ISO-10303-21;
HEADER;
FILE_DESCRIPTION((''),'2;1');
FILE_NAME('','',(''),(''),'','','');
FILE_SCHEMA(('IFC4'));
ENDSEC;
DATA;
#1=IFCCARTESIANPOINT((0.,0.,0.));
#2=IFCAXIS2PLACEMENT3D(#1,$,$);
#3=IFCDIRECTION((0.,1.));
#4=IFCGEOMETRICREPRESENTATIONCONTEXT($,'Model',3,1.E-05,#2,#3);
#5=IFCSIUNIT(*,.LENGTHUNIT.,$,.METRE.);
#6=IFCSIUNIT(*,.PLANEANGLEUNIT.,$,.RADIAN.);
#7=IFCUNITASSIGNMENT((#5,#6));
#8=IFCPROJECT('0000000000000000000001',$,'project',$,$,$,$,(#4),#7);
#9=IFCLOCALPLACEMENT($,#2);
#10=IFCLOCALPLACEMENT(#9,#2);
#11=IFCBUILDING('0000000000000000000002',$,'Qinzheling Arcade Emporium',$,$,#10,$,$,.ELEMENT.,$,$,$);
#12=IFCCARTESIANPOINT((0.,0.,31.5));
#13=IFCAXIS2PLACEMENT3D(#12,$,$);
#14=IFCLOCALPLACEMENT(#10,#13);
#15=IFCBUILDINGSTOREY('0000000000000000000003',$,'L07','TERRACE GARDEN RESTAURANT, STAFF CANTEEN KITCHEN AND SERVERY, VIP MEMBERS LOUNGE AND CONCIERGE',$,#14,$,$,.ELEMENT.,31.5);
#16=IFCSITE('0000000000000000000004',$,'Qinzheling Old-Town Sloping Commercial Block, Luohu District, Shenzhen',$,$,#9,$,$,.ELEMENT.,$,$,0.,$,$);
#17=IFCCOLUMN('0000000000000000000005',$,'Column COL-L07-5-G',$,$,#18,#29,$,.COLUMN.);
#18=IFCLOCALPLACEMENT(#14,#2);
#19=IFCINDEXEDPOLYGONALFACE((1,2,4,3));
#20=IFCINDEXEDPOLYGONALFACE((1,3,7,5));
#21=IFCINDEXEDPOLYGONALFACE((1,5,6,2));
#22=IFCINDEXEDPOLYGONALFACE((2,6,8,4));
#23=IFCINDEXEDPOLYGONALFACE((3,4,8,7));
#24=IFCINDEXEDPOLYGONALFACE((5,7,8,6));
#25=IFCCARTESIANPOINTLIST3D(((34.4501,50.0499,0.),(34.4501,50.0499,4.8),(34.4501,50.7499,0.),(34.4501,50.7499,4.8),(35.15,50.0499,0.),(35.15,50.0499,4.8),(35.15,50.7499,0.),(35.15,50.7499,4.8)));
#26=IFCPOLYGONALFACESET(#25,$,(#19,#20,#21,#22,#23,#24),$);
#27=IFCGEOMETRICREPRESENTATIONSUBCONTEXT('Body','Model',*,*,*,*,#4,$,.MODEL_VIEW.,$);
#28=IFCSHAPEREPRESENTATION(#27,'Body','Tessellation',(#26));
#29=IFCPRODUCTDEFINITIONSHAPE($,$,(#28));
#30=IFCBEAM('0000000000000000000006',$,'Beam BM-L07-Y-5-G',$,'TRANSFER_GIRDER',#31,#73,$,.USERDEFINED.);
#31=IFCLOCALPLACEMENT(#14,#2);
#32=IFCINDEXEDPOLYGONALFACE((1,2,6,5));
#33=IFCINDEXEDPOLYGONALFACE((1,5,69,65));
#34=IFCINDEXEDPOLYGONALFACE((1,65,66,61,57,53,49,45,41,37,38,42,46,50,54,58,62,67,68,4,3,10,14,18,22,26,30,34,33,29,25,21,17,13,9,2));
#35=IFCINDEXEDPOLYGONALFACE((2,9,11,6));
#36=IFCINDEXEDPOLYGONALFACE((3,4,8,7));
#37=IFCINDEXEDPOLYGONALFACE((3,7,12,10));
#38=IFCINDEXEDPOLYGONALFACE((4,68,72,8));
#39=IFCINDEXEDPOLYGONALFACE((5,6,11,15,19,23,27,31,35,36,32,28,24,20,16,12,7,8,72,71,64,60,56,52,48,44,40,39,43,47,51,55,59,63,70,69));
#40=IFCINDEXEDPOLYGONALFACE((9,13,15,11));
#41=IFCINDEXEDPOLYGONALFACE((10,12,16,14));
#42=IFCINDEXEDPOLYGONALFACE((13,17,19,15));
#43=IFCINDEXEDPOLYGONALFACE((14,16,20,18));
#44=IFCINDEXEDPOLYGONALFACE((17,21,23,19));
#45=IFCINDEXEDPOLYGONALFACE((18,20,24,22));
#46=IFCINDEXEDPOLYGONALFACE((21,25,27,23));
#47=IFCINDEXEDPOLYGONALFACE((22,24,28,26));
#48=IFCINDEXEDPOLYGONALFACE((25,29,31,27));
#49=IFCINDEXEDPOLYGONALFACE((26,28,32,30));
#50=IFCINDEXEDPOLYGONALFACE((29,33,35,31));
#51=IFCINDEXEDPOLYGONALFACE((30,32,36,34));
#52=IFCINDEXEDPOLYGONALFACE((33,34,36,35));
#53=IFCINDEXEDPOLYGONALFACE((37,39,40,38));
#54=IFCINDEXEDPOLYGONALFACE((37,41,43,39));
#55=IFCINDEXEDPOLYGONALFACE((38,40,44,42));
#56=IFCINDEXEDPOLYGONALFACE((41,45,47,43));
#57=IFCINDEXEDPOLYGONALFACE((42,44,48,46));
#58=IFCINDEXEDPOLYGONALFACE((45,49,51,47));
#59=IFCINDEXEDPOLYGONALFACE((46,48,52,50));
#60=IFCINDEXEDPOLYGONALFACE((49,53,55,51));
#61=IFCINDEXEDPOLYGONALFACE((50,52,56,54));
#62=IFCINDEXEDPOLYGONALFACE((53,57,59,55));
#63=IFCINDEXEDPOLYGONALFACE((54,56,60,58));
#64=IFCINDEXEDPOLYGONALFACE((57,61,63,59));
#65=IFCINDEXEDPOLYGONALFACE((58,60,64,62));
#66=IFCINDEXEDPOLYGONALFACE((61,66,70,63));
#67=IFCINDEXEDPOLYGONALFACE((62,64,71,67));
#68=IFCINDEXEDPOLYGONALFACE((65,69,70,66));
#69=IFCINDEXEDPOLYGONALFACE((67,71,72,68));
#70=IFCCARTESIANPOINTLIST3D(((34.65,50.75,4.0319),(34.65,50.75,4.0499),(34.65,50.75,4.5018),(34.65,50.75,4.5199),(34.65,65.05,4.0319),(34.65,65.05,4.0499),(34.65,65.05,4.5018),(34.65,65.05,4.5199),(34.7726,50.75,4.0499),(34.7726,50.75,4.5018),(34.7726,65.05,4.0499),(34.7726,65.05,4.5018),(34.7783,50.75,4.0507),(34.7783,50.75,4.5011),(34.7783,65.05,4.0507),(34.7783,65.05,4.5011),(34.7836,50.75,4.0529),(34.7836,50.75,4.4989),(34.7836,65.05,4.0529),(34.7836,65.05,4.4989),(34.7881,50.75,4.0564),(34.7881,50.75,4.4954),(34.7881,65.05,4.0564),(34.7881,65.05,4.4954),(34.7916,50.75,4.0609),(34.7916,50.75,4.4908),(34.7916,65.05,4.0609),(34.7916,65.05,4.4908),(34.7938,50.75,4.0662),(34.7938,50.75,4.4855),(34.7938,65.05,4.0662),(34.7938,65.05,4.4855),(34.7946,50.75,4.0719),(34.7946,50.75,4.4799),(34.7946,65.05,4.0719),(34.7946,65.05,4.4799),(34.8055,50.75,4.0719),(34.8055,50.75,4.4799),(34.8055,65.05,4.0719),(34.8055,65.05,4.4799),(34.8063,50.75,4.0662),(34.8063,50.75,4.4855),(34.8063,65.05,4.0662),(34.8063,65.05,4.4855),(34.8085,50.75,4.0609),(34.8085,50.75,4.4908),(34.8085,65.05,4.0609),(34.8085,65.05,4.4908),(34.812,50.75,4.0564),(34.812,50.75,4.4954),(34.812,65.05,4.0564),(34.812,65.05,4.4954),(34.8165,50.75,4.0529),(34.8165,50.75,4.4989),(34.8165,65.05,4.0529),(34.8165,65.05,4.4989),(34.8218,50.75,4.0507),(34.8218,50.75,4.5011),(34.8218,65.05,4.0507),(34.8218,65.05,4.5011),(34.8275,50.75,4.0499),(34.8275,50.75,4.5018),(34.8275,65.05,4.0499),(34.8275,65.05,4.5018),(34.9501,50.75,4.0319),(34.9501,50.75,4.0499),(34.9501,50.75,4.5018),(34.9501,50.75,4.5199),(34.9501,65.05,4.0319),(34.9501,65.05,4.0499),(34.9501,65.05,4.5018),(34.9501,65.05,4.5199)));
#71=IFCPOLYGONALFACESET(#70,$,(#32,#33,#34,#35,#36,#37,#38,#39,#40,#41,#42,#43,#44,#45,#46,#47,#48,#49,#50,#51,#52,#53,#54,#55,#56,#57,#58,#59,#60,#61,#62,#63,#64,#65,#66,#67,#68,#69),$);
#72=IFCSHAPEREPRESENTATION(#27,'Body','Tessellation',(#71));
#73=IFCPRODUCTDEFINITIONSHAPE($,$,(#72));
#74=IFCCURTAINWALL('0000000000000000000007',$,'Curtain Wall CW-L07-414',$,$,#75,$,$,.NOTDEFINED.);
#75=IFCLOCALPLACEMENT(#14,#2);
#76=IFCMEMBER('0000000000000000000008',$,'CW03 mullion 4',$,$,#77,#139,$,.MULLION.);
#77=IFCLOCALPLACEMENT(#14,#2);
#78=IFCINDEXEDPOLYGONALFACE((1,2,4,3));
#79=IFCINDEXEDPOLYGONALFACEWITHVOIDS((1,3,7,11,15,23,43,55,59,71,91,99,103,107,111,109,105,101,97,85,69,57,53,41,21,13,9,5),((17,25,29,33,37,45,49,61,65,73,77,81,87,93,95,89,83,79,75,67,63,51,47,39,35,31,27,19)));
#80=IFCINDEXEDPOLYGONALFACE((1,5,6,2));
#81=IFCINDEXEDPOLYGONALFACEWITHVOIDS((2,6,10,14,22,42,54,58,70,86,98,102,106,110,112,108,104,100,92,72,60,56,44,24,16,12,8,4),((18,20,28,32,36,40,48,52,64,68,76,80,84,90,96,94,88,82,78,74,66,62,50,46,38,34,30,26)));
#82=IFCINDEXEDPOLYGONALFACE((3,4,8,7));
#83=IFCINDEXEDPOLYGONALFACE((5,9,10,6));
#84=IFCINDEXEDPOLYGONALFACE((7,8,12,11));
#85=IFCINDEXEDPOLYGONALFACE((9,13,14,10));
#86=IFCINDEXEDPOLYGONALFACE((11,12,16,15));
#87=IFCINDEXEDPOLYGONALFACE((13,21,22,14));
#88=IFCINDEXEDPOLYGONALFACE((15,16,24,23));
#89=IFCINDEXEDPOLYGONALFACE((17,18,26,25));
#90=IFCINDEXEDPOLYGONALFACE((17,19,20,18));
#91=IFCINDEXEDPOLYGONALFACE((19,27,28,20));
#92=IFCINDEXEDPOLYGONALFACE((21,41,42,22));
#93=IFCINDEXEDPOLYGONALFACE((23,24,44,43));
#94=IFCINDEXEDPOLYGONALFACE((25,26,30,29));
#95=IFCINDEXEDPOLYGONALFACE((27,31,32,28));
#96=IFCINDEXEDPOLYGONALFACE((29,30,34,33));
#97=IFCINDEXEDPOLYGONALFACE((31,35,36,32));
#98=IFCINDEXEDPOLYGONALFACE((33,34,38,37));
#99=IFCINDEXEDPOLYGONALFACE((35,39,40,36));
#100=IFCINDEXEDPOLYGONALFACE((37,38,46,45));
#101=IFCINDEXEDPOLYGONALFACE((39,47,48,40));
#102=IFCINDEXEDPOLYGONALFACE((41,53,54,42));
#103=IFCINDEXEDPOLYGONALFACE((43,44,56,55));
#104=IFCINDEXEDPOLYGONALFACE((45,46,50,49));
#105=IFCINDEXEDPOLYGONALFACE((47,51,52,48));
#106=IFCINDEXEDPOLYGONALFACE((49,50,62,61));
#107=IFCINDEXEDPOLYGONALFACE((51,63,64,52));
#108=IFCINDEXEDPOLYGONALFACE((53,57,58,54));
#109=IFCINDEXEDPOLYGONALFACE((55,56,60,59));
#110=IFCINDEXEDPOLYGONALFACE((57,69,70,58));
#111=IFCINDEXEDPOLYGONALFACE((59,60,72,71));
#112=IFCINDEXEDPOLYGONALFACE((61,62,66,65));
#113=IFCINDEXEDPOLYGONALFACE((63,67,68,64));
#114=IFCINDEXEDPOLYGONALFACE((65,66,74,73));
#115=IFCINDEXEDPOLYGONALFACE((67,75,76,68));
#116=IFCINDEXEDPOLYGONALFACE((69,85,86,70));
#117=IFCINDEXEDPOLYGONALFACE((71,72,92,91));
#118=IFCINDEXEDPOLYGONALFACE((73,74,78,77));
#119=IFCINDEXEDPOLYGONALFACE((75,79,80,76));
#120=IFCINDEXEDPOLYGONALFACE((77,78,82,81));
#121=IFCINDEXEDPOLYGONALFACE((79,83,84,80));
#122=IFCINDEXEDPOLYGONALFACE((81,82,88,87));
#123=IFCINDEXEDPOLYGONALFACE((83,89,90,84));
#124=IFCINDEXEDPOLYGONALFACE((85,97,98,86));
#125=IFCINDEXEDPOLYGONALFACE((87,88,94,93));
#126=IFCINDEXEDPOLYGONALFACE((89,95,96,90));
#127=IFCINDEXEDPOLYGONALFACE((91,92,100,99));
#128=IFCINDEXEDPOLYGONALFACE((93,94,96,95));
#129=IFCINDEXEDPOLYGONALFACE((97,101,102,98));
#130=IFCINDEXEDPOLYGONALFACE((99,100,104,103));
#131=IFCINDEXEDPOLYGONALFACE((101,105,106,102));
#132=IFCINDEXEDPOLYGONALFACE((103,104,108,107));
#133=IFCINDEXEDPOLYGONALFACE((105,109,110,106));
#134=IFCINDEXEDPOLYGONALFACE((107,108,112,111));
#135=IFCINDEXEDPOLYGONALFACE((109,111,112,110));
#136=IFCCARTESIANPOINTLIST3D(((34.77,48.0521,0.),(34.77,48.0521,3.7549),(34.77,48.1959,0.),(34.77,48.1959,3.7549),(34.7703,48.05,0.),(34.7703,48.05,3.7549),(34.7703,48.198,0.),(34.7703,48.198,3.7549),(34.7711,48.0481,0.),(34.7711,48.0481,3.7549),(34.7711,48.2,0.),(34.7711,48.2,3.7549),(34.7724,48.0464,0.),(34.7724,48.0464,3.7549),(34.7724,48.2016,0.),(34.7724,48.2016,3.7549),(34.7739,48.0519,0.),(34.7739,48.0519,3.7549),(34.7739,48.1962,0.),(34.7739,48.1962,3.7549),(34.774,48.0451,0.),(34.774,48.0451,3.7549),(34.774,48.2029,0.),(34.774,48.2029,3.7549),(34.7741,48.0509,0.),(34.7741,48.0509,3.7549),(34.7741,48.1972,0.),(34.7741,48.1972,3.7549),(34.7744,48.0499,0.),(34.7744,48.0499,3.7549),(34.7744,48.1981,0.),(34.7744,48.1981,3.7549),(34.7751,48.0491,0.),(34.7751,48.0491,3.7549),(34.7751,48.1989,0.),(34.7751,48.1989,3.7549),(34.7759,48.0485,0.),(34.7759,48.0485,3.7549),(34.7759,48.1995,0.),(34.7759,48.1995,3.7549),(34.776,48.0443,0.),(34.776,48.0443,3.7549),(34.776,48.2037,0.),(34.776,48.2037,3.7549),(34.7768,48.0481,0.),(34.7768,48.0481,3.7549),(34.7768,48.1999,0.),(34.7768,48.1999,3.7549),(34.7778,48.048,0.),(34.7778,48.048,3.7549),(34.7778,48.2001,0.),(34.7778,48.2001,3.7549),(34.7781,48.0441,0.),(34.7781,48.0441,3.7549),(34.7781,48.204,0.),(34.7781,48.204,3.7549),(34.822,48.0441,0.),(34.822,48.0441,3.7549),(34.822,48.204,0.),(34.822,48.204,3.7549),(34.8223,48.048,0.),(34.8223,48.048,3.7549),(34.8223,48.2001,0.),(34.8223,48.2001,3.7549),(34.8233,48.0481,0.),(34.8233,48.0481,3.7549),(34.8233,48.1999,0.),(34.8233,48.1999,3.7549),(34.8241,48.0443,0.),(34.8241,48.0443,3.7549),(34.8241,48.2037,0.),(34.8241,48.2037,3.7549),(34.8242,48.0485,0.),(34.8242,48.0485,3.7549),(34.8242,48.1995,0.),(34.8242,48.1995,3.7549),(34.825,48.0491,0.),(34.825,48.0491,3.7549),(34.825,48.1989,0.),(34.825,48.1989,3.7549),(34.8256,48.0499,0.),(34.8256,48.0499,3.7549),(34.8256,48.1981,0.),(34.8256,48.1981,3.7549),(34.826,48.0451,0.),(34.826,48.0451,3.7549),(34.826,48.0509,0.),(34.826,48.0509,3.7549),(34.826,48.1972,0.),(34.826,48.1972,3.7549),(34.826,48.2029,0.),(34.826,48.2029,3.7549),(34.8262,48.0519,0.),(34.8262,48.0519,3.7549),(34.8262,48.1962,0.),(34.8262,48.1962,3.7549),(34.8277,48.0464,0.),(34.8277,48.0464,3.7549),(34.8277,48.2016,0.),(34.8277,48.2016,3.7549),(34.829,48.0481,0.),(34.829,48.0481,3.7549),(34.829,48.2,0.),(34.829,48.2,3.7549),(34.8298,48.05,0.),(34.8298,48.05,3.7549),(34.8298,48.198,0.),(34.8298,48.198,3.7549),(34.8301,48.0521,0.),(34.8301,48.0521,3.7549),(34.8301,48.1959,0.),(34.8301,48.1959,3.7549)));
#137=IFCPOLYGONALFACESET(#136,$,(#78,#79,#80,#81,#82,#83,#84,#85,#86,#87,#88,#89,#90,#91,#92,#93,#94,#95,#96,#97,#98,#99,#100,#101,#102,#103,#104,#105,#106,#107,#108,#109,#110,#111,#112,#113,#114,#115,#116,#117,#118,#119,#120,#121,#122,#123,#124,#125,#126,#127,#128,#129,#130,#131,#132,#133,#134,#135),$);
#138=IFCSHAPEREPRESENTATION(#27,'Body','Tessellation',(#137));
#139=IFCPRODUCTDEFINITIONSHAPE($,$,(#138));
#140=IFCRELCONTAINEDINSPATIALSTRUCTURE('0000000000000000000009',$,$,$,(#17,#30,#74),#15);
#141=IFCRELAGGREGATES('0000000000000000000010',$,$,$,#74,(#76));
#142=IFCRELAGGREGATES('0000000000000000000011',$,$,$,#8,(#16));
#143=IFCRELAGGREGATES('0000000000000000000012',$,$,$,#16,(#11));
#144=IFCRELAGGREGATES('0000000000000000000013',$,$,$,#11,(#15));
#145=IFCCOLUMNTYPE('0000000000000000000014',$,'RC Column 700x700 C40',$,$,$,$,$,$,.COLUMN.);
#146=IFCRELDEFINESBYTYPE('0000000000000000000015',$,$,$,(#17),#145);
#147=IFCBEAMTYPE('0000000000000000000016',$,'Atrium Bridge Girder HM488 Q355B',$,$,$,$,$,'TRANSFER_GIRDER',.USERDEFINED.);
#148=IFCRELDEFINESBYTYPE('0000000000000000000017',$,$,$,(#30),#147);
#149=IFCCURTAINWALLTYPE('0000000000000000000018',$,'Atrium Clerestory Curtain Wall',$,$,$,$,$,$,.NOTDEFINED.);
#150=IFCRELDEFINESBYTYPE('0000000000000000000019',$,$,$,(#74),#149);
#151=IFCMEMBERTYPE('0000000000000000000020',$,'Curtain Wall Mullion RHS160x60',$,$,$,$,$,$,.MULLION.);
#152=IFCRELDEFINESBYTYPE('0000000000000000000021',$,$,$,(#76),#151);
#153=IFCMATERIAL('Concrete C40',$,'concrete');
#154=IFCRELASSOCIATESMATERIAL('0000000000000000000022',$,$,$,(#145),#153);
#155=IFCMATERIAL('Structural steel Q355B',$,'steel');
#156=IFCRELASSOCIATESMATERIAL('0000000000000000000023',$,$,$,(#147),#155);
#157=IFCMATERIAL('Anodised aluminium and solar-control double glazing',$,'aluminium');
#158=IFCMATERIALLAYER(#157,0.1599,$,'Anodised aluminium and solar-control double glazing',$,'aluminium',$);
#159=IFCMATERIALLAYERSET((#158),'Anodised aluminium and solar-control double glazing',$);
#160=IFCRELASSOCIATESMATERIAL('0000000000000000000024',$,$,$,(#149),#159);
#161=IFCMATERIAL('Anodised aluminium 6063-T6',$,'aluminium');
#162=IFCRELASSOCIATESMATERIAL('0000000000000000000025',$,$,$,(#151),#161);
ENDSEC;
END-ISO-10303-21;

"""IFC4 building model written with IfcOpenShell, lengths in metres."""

from ifc_helpers import new_model, si_unit, direction, frame, origin, origin_2d, place, context, subcontext, project, spatial, rectangle, hollow_rectangle, i_section, extrude, material, layer, layer_set, material_profile, profile_set, type_object, element, aggregate, save


model = new_model("IFC4")

# Units and contexts
model_context = context("Model", 3, precision=1e-05, world=origin(), true_north=direction((0.0, 1.0)))
body_context = subcontext(model_context, "Body", "Model", "MODEL_VIEW")
ifc_project = project(units=[si_unit("LENGTHUNIT", "METRE"), si_unit("PLANEANGLEUNIT", "RADIAN")], contexts=[model_context])

# Site, building, storey
site_placement = place(None, origin())
site = spatial("IfcSite", under=ifc_project, at=site_placement, Name="Qinzheling Old-Town Sloping Commercial Block, Luohu District, Shenzhen", CompositionType="ELEMENT", RefElevation=0.0)
building_placement = place(site_placement, origin())
building = spatial("IfcBuilding", under=site, at=building_placement, Name="Qinzheling Arcade Emporium", CompositionType="ELEMENT")
storey_placement = place(building_placement, frame((0.0, 0.0, 31.5)))
storey = spatial("IfcBuildingStorey", under=building, at=storey_placement, Name="L07", Description="TERRACE GARDEN RESTAURANT, STAFF CANTEEN KITCHEN AND SERVERY, VIP MEMBERS LOUNGE AND CONCIERGE", CompositionType="ELEMENT", Elevation=31.5)

# Column
ifc_material_1 = material(Name="Concrete C40", Category="concrete")
ifc_material_profile_1 = material_profile(ifc_material_1, rectangle(XDim=0.7, YDim=0.7, at=origin_2d()), Name="RC 700x700", Category="concrete")
ifc_profile_set_1 = profile_set([ifc_material_profile_1], Name="Concrete C40")
column_type = type_object("IfcColumnType", Name="RC Column 700x700 C40", PredefinedType="COLUMN", material=ifc_profile_set_1)
column_placement = place(storey_placement, frame((34.8, 50.3999, 0.0), z_axis=(0.0, 0.0, 1.0), x_axis=(1.0, 0.0, 0.0)))
element("IfcColumn", 1, at=column_placement, inside=storey, type_object=column_type, Name="Column COL-L07-5-G", PredefinedType="COLUMN", context=body_context, shape_type="SweptSolid", body=[
    extrude(rectangle(XDim=0.7, YDim=0.7, at=origin_2d()), origin(), (0.0, 0.0, 1.0), 4.8),
])

# Beam
ifc_material_2 = material(Name="Structural steel Q355B", Category="steel")
ifc_material_profile_2 = material_profile(ifc_material_2, i_section(OverallWidth=0.3, OverallDepth=0.488, WebThickness=0.011, FlangeThickness=0.0181, FilletRadius=0.022, at=origin_2d()), Name="HM 488x300x11x18", Category="steel")
ifc_profile_set_2 = profile_set([ifc_material_profile_2], Name="Structural steel Q355B")
beam_type = type_object("IfcBeamType", Name="Atrium Bridge Girder HM488 Q355B", ElementType="TRANSFER_GIRDER", PredefinedType="USERDEFINED", material=ifc_profile_set_2)
beam_placement = place(storey_placement, frame((34.8, 50.75, 4.2759), z_axis=(0.0, 1.0, 0.0), x_axis=(-1.0, 0.0, 0.0)))
element("IfcBeam", 2, at=beam_placement, inside=storey, type_object=beam_type, Name="Beam BM-L07-Y-5-G", ObjectType="TRANSFER_GIRDER", PredefinedType="USERDEFINED", context=body_context, shape_type="SweptSolid", body=[
    extrude(i_section(OverallWidth=0.3, OverallDepth=0.488, WebThickness=0.011, FlangeThickness=0.0181, FilletRadius=0.022, at=origin_2d()), origin(), (0.0, 0.0, 1.0), 14.3),
])

# Curtain wall, member
ifc_material_3 = material(Name="Anodised aluminium and solar-control double glazing", Category="aluminium")
ifc_layer_1 = layer(ifc_material_3, 0.1599, Name="Anodised aluminium and solar-control double glazing", Category="aluminium")
ifc_layer_set_1 = layer_set([ifc_layer_1], Name="Anodised aluminium and solar-control double glazing")
curtain_wall_type = type_object("IfcCurtainWallType", Name="Atrium Clerestory Curtain Wall", PredefinedType="NOTDEFINED", material=ifc_layer_set_1)
curtain_wall_1_placement = place(storey_placement, origin())
curtain_wall_1 = element("IfcCurtainWall", 3, at=curtain_wall_1_placement, inside=storey, type_object=curtain_wall_type, Name="Curtain Wall CW-L07-414", PredefinedType="NOTDEFINED")
ifc_material_4 = material(Name="Anodised aluminium 6063-T6", Category="aluminium")
ifc_material_profile_3 = material_profile(ifc_material_4, hollow_rectangle(XDim=0.0601, YDim=0.1599, WallThickness=0.0039, InnerFilletRadius=0.0039, OuterFilletRadius=0.0081, at=origin_2d()), Name="RHS 160x60x4", Category="aluminium")
ifc_profile_set_3 = profile_set([ifc_material_profile_3], Name="Anodised aluminium 6063-T6")
member_type_1 = type_object("IfcMemberType", Name="Curtain Wall Mullion RHS160x60", PredefinedType="MULLION", material=ifc_profile_set_3)
member_1_placement = place(storey_placement, frame((34.8, 48.124, 0.0), z_axis=(0.0, 0.0, 1.0), x_axis=(-1.0, 0.0, 0.0)))
member_1 = element("IfcMember", 4, at=member_1_placement, type_object=member_type_1, Name="CW03 mullion 4", PredefinedType="MULLION", context=body_context, shape_type="SweptSolid", body=[
    extrude(hollow_rectangle(XDim=0.0601, YDim=0.1599, WallThickness=0.0039, InnerFilletRadius=0.0039, OuterFilletRadius=0.0081, at=origin_2d()), origin(), (0.0, 0.0, 1.0), 3.7549),
])

aggregate(curtain_wall_1, [member_1])

save(model, "model.ifc")
